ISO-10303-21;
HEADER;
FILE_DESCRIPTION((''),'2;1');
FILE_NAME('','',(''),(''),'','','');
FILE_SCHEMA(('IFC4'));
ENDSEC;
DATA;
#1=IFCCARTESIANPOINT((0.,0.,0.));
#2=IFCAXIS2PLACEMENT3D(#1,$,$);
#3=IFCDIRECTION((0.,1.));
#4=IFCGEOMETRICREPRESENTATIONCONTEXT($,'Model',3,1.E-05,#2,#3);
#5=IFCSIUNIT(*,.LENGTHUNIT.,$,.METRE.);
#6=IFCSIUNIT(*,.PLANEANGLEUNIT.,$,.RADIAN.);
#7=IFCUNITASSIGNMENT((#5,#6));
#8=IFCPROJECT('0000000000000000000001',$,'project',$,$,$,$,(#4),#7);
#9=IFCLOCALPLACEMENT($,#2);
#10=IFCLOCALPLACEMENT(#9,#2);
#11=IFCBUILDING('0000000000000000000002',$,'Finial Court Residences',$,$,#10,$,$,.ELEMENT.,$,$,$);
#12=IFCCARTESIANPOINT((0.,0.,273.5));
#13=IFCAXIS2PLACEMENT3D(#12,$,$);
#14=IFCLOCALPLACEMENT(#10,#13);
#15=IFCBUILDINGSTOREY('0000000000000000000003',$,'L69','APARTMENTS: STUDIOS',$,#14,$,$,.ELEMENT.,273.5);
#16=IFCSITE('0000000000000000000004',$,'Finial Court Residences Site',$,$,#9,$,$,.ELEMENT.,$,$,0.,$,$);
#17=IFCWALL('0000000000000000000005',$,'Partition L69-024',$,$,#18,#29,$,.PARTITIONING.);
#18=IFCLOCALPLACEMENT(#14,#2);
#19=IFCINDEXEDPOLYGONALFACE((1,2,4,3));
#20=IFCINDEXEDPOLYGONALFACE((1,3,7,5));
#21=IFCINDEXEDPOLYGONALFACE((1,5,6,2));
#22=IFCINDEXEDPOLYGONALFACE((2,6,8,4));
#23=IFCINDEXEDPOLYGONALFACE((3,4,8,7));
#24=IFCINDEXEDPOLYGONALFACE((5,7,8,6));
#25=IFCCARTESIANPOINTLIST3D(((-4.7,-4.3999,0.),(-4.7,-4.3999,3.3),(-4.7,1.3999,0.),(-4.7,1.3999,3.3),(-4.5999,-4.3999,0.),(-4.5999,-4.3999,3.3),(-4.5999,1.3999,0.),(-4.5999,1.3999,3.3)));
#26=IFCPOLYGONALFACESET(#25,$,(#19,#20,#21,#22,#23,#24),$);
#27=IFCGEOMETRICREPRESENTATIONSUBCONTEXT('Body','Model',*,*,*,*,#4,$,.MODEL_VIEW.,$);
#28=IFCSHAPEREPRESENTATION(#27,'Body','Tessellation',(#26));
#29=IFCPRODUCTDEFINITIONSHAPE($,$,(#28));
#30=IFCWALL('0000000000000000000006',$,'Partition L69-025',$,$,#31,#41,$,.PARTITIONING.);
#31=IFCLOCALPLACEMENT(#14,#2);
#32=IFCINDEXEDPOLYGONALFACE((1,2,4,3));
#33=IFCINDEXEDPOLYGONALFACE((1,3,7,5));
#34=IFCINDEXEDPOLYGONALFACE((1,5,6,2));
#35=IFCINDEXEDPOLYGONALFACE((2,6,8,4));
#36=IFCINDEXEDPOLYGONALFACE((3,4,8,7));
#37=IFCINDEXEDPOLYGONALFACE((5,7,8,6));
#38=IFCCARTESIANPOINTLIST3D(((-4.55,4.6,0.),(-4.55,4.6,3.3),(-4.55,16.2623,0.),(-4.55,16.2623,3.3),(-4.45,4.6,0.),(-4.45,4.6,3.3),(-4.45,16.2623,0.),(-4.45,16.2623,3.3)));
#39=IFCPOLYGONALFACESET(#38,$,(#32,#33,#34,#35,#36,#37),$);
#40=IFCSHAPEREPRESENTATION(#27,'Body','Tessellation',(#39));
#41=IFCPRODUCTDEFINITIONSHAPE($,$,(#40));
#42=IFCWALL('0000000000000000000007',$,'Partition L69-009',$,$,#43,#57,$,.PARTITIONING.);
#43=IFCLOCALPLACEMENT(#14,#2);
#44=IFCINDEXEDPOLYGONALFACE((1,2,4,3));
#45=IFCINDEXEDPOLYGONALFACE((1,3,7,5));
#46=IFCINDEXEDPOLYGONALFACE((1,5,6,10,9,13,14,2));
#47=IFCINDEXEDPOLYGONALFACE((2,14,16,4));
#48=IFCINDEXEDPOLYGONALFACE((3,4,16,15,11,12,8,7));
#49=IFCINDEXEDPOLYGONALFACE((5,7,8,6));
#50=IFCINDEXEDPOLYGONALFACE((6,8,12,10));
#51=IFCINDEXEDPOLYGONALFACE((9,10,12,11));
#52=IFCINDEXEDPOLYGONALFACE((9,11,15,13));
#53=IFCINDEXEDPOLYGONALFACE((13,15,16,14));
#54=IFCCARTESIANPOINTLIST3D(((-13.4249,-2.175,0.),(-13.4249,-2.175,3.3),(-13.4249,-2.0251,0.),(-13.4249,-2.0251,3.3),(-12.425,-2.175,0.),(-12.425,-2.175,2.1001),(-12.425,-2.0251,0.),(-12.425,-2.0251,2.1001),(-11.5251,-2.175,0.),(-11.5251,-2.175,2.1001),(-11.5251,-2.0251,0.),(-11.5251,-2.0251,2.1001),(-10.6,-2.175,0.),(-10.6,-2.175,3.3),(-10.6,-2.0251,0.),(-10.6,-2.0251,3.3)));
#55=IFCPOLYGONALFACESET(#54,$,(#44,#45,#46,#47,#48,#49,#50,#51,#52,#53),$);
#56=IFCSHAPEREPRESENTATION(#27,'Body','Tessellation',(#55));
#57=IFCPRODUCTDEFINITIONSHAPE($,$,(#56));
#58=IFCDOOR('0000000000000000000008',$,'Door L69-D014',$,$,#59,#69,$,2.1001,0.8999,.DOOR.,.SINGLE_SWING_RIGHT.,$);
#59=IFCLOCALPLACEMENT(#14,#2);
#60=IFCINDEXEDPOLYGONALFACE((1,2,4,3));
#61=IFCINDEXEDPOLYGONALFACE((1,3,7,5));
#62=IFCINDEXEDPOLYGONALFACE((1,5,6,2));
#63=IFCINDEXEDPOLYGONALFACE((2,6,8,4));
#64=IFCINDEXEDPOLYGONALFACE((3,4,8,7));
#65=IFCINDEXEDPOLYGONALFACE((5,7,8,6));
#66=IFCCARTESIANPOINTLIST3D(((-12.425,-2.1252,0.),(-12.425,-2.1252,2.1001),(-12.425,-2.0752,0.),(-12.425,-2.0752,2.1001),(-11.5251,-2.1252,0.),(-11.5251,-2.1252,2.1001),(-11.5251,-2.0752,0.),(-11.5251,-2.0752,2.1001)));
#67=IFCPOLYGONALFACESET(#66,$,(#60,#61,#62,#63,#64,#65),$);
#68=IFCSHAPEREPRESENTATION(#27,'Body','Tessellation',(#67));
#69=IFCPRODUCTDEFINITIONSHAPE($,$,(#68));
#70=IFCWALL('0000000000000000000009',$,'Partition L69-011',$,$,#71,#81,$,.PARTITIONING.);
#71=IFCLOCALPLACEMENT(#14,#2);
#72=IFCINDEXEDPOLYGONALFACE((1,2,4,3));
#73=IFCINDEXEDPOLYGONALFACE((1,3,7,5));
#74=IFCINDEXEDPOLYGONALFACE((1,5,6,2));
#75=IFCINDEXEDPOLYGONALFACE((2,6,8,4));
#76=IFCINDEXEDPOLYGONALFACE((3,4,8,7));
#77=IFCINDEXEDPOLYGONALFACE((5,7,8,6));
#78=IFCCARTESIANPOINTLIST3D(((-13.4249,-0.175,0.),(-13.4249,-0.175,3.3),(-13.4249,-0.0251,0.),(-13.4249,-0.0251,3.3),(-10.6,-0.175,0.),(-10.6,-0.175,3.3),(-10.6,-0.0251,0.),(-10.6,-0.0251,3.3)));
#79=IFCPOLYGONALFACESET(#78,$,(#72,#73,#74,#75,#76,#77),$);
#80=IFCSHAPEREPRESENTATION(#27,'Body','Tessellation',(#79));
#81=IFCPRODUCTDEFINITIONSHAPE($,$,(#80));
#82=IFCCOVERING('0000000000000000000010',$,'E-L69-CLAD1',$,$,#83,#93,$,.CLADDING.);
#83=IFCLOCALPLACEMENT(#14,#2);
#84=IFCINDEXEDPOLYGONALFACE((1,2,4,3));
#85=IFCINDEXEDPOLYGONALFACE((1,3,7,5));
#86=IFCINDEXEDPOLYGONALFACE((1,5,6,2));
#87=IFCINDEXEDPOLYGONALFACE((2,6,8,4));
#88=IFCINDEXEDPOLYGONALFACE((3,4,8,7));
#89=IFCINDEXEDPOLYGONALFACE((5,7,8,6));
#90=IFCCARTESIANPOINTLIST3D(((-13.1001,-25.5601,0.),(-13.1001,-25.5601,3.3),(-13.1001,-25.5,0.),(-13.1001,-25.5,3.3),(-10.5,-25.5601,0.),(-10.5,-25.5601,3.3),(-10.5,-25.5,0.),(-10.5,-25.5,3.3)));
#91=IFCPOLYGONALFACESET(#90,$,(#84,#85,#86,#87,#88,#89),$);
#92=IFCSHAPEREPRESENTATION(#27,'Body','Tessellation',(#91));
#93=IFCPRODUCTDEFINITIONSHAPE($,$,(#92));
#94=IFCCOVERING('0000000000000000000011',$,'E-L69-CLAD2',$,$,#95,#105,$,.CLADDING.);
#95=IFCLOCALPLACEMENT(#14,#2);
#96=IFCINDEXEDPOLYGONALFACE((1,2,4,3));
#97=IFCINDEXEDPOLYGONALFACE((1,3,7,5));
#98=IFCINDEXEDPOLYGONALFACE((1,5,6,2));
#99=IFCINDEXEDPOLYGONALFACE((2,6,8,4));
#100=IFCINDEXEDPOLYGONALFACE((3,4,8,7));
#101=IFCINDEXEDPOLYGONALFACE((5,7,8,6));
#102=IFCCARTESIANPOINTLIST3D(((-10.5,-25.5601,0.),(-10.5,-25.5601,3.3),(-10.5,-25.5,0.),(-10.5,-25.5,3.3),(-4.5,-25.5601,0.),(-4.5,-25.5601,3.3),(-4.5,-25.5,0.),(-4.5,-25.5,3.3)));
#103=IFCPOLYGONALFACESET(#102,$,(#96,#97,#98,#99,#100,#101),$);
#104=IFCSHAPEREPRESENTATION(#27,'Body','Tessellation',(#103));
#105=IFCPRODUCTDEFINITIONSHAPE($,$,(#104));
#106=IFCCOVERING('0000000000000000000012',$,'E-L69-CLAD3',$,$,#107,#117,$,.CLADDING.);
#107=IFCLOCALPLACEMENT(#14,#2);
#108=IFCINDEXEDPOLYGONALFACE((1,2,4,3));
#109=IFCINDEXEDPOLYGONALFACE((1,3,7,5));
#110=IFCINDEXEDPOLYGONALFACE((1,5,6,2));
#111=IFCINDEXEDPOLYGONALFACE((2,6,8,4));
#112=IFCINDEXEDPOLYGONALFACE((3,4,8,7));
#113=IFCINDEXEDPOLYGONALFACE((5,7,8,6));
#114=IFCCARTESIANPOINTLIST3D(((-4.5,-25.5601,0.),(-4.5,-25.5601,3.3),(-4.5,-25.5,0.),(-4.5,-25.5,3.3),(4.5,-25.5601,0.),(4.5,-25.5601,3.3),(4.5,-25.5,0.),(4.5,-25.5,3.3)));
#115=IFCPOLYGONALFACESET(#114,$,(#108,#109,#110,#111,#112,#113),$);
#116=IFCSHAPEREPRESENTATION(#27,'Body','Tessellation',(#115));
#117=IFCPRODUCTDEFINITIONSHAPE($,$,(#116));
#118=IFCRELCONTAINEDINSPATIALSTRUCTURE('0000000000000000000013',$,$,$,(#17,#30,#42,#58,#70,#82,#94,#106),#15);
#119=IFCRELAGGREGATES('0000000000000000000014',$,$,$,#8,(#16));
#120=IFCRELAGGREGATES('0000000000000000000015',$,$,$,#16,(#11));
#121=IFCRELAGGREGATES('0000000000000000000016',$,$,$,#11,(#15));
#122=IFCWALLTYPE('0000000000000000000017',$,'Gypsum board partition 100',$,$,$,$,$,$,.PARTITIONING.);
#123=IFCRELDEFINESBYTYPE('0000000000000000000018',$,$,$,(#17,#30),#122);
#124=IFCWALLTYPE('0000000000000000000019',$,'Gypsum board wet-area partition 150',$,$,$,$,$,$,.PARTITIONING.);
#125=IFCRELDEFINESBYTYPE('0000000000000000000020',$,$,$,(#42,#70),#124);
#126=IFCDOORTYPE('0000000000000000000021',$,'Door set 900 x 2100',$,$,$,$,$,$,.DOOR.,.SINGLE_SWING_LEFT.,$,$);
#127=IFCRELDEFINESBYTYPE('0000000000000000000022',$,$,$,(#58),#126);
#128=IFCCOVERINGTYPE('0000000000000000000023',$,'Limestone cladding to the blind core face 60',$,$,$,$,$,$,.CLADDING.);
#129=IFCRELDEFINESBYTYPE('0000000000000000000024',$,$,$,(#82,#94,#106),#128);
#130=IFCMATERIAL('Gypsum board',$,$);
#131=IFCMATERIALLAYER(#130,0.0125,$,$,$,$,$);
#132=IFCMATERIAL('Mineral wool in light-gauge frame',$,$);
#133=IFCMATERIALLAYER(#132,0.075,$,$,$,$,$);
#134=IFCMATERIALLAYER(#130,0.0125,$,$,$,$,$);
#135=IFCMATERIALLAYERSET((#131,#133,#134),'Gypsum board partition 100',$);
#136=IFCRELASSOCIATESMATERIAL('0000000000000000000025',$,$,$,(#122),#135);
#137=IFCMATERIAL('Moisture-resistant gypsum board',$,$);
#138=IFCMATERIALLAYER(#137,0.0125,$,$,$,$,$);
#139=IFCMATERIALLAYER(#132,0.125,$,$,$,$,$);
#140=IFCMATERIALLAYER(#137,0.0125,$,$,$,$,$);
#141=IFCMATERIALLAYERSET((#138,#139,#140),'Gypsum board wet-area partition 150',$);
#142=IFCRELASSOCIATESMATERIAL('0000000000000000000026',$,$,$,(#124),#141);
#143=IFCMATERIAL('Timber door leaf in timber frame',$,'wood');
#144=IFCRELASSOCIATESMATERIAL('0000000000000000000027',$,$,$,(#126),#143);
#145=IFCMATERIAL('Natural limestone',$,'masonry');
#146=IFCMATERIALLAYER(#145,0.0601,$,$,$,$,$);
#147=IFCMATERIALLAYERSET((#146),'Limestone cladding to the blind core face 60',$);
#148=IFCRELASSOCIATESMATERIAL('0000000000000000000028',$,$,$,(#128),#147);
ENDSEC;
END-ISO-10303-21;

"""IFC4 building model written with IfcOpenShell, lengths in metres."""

from ifc_helpers import new_model, si_unit, direction, frame, frame_2d, origin, place, context, subcontext, project, spatial, polyline, rectangle, outline, extrude, material, layer, layer_set, type_object, element, fill, save


model = new_model("IFC4")

# Units and contexts
model_context = context("Model", 3, precision=1e-05, world=origin(), true_north=direction((0.0, 1.0)))
body_context = subcontext(model_context, "Body", "Model", "MODEL_VIEW")
ifc_project = project(units=[si_unit("LENGTHUNIT", "METRE"), si_unit("PLANEANGLEUNIT", "RADIAN")], contexts=[model_context])

# Site, building, storey
site_placement = place(None, origin())
site = spatial("IfcSite", under=ifc_project, at=site_placement, Name="Finial Court Residences Site", CompositionType="ELEMENT", RefElevation=0.0)
building_placement = place(site_placement, origin())
building = spatial("IfcBuilding", under=site, at=building_placement, Name="Finial Court Residences", CompositionType="ELEMENT")
storey_placement = place(building_placement, frame((0.0, 0.0, 273.5)))
storey = spatial("IfcBuildingStorey", under=building, at=storey_placement, Name="L69", Description="APARTMENTS: STUDIOS", CompositionType="ELEMENT", Elevation=273.5)

# Walls
ifc_material_1 = material(Name="Gypsum board")
ifc_layer_1 = layer(ifc_material_1, 0.0125)
ifc_material_2 = material(Name="Mineral wool in light-gauge frame")
ifc_layer_2 = layer(ifc_material_2, 0.075)
ifc_layer_3 = layer(ifc_material_1, 0.0125)
ifc_layer_set_1 = layer_set([ifc_layer_1, ifc_layer_2, ifc_layer_3], Name="Gypsum board partition 100")
wall_type_1 = type_object("IfcWallType", Name="Gypsum board partition 100", PredefinedType="PARTITIONING", material=ifc_layer_set_1)
wall_1_placement = place(storey_placement, frame((-4.6499, -4.3999, 0.0), z_axis=(0.0, 0.0, 1.0), x_axis=(0.0, 1.0, 0.0)))
element("IfcWall", 1, at=wall_1_placement, inside=storey, type_object=wall_type_1, Name="Partition L69-024", PredefinedType="PARTITIONING", context=body_context, shape_type="SweptSolid", body=[
    extrude(rectangle(XDim=5.7998, YDim=0.1001, at=frame_2d((2.8999, 0.0))), origin(), (0.0, 0.0, 1.0), 3.3),
])
wall_2_placement = place(storey_placement, frame((-4.5, 4.6001, 0.0), z_axis=(0.0, 0.0, 1.0), x_axis=(0.0, 1.0, 0.0)))
element("IfcWall", 2, at=wall_2_placement, inside=storey, type_object=wall_type_1, Name="Partition L69-025", PredefinedType="PARTITIONING", context=body_context, shape_type="SweptSolid", body=[
    extrude(rectangle(XDim=11.6624, YDim=0.1001, at=frame_2d((5.8311, 0.0))), origin(), (0.0, 0.0, 1.0), 3.3),
])

# Wall, opening, door
ifc_material_3 = material(Name="Moisture-resistant gypsum board")
ifc_layer_4 = layer(ifc_material_3, 0.0125)
ifc_layer_5 = layer(ifc_material_2, 0.125)
ifc_layer_6 = layer(ifc_material_3, 0.0125)
ifc_layer_set_2 = layer_set([ifc_layer_4, ifc_layer_5, ifc_layer_6], Name="Gypsum board wet-area partition 150")
wall_type_2 = type_object("IfcWallType", Name="Gypsum board wet-area partition 150", PredefinedType="PARTITIONING", material=ifc_layer_set_2)
wall_3_placement = place(storey_placement, frame((-13.425, -2.1001, 0.0), z_axis=(0.0, 0.0, 1.0), x_axis=(1.0, 0.0, 0.0)))
wall_3 = element("IfcWall", 3, at=wall_3_placement, inside=storey, type_object=wall_type_2, Name="Partition L69-009", PredefinedType="PARTITIONING", context=body_context, shape_type="SweptSolid", body=[
    extrude(rectangle(XDim=2.825, YDim=0.1499, at=frame_2d((1.4126, 0.0))), origin(), (0.0, 0.0, 1.0), 3.3),
])
opening_placement = place(wall_3_placement, frame((1.0, 0.0, 0.0)))
opening = element("IfcOpeningElement", 4, at=opening_placement, cuts=wall_3, PredefinedType="OPENING", context=body_context, shape_type="SweptSolid", body=[
    extrude(rectangle(XDim=0.8999, YDim=2.1001, at=frame_2d((0.45, 1.05))), frame((0.0, 0.085, 0.0), z_axis=(0.0, -1.0, 0.0), x_axis=(1.0, 0.0, 0.0)), (0.0, 0.0, 1.0), 0.1699),
])
ifc_material_4 = material(Name="Timber door leaf in timber frame", Category="wood")
door_type = type_object("IfcDoorType", Name="Door set 900 x 2100", OperationType="SINGLE_SWING_LEFT", PredefinedType="DOOR", material=ifc_material_4)
door_placement = place(opening_placement, origin())
door = element("IfcDoor", 5, at=door_placement, inside=storey, type_object=door_type, Name="Door L69-D014", OperationType="SINGLE_SWING_RIGHT", OverallHeight=2.1001, OverallWidth=0.8999, PredefinedType="DOOR", context=body_context, shape_type="SweptSolid", body=[
    extrude(rectangle(XDim=0.8999, YDim=2.1001, at=frame_2d((0.45, 1.05))), frame((0.0, 0.0249, 0.0), z_axis=(0.0, -1.0, 0.0), x_axis=(1.0, 0.0, 0.0)), (0.0, 0.0, 1.0), 0.05),
])
fill(opening, door)

# Wall
wall_4_placement = place(storey_placement, frame((-13.425, -0.1001, 0.0), z_axis=(0.0, 0.0, 1.0), x_axis=(1.0, 0.0, 0.0)))
element("IfcWall", 6, at=wall_4_placement, inside=storey, type_object=wall_type_2, Name="Partition L69-011", PredefinedType="PARTITIONING", context=body_context, shape_type="SweptSolid", body=[
    extrude(rectangle(XDim=2.825, YDim=0.1499, at=frame_2d((1.4126, 0.0))), origin(), (0.0, 0.0, 1.0), 3.3),
])

# Coverings
ifc_material_5 = material(Name="Natural limestone", Category="masonry")
ifc_layer_7 = layer(ifc_material_5, 0.0601)
ifc_layer_set_3 = layer_set([ifc_layer_7], Name="Limestone cladding to the blind core face 60")
covering_type = type_object("IfcCoveringType", Name="Limestone cladding to the blind core face 60", PredefinedType="CLADDING", material=ifc_layer_set_3)
covering_1_placement = place(storey_placement, origin())
element("IfcCovering", 7, at=covering_1_placement, inside=storey, type_object=covering_type, Name="E-L69-CLAD1", PredefinedType="CLADDING", context=body_context, shape_type="SweptSolid", body=[
    extrude(outline(polyline([(-10.5, -25.5601), (-10.5, -25.5), (-13.1001, -25.5), (-13.1001, -25.5601), (-10.5, -25.5601)])), origin(), (0.0, 0.0, 1.0), 3.3),
])
covering_2_placement = place(storey_placement, origin())
element("IfcCovering", 8, at=covering_2_placement, inside=storey, type_object=covering_type, Name="E-L69-CLAD2", PredefinedType="CLADDING", context=body_context, shape_type="SweptSolid", body=[
    extrude(outline(polyline([(-4.5, -25.5601), (-4.5, -25.5), (-10.5, -25.5), (-10.5, -25.5601), (-4.5, -25.5601)])), origin(), (0.0, 0.0, 1.0), 3.3),
])
covering_3_placement = place(storey_placement, origin())
element("IfcCovering", 9, at=covering_3_placement, inside=storey, type_object=covering_type, Name="E-L69-CLAD3", PredefinedType="CLADDING", context=body_context, shape_type="SweptSolid", body=[
    extrude(outline(polyline([(4.5, -25.5601), (4.5, -25.5), (-4.5, -25.5), (-4.5, -25.5601), (4.5, -25.5601)])), origin(), (0.0, 0.0, 1.0), 3.3),
])

save(model, "model.ifc")
